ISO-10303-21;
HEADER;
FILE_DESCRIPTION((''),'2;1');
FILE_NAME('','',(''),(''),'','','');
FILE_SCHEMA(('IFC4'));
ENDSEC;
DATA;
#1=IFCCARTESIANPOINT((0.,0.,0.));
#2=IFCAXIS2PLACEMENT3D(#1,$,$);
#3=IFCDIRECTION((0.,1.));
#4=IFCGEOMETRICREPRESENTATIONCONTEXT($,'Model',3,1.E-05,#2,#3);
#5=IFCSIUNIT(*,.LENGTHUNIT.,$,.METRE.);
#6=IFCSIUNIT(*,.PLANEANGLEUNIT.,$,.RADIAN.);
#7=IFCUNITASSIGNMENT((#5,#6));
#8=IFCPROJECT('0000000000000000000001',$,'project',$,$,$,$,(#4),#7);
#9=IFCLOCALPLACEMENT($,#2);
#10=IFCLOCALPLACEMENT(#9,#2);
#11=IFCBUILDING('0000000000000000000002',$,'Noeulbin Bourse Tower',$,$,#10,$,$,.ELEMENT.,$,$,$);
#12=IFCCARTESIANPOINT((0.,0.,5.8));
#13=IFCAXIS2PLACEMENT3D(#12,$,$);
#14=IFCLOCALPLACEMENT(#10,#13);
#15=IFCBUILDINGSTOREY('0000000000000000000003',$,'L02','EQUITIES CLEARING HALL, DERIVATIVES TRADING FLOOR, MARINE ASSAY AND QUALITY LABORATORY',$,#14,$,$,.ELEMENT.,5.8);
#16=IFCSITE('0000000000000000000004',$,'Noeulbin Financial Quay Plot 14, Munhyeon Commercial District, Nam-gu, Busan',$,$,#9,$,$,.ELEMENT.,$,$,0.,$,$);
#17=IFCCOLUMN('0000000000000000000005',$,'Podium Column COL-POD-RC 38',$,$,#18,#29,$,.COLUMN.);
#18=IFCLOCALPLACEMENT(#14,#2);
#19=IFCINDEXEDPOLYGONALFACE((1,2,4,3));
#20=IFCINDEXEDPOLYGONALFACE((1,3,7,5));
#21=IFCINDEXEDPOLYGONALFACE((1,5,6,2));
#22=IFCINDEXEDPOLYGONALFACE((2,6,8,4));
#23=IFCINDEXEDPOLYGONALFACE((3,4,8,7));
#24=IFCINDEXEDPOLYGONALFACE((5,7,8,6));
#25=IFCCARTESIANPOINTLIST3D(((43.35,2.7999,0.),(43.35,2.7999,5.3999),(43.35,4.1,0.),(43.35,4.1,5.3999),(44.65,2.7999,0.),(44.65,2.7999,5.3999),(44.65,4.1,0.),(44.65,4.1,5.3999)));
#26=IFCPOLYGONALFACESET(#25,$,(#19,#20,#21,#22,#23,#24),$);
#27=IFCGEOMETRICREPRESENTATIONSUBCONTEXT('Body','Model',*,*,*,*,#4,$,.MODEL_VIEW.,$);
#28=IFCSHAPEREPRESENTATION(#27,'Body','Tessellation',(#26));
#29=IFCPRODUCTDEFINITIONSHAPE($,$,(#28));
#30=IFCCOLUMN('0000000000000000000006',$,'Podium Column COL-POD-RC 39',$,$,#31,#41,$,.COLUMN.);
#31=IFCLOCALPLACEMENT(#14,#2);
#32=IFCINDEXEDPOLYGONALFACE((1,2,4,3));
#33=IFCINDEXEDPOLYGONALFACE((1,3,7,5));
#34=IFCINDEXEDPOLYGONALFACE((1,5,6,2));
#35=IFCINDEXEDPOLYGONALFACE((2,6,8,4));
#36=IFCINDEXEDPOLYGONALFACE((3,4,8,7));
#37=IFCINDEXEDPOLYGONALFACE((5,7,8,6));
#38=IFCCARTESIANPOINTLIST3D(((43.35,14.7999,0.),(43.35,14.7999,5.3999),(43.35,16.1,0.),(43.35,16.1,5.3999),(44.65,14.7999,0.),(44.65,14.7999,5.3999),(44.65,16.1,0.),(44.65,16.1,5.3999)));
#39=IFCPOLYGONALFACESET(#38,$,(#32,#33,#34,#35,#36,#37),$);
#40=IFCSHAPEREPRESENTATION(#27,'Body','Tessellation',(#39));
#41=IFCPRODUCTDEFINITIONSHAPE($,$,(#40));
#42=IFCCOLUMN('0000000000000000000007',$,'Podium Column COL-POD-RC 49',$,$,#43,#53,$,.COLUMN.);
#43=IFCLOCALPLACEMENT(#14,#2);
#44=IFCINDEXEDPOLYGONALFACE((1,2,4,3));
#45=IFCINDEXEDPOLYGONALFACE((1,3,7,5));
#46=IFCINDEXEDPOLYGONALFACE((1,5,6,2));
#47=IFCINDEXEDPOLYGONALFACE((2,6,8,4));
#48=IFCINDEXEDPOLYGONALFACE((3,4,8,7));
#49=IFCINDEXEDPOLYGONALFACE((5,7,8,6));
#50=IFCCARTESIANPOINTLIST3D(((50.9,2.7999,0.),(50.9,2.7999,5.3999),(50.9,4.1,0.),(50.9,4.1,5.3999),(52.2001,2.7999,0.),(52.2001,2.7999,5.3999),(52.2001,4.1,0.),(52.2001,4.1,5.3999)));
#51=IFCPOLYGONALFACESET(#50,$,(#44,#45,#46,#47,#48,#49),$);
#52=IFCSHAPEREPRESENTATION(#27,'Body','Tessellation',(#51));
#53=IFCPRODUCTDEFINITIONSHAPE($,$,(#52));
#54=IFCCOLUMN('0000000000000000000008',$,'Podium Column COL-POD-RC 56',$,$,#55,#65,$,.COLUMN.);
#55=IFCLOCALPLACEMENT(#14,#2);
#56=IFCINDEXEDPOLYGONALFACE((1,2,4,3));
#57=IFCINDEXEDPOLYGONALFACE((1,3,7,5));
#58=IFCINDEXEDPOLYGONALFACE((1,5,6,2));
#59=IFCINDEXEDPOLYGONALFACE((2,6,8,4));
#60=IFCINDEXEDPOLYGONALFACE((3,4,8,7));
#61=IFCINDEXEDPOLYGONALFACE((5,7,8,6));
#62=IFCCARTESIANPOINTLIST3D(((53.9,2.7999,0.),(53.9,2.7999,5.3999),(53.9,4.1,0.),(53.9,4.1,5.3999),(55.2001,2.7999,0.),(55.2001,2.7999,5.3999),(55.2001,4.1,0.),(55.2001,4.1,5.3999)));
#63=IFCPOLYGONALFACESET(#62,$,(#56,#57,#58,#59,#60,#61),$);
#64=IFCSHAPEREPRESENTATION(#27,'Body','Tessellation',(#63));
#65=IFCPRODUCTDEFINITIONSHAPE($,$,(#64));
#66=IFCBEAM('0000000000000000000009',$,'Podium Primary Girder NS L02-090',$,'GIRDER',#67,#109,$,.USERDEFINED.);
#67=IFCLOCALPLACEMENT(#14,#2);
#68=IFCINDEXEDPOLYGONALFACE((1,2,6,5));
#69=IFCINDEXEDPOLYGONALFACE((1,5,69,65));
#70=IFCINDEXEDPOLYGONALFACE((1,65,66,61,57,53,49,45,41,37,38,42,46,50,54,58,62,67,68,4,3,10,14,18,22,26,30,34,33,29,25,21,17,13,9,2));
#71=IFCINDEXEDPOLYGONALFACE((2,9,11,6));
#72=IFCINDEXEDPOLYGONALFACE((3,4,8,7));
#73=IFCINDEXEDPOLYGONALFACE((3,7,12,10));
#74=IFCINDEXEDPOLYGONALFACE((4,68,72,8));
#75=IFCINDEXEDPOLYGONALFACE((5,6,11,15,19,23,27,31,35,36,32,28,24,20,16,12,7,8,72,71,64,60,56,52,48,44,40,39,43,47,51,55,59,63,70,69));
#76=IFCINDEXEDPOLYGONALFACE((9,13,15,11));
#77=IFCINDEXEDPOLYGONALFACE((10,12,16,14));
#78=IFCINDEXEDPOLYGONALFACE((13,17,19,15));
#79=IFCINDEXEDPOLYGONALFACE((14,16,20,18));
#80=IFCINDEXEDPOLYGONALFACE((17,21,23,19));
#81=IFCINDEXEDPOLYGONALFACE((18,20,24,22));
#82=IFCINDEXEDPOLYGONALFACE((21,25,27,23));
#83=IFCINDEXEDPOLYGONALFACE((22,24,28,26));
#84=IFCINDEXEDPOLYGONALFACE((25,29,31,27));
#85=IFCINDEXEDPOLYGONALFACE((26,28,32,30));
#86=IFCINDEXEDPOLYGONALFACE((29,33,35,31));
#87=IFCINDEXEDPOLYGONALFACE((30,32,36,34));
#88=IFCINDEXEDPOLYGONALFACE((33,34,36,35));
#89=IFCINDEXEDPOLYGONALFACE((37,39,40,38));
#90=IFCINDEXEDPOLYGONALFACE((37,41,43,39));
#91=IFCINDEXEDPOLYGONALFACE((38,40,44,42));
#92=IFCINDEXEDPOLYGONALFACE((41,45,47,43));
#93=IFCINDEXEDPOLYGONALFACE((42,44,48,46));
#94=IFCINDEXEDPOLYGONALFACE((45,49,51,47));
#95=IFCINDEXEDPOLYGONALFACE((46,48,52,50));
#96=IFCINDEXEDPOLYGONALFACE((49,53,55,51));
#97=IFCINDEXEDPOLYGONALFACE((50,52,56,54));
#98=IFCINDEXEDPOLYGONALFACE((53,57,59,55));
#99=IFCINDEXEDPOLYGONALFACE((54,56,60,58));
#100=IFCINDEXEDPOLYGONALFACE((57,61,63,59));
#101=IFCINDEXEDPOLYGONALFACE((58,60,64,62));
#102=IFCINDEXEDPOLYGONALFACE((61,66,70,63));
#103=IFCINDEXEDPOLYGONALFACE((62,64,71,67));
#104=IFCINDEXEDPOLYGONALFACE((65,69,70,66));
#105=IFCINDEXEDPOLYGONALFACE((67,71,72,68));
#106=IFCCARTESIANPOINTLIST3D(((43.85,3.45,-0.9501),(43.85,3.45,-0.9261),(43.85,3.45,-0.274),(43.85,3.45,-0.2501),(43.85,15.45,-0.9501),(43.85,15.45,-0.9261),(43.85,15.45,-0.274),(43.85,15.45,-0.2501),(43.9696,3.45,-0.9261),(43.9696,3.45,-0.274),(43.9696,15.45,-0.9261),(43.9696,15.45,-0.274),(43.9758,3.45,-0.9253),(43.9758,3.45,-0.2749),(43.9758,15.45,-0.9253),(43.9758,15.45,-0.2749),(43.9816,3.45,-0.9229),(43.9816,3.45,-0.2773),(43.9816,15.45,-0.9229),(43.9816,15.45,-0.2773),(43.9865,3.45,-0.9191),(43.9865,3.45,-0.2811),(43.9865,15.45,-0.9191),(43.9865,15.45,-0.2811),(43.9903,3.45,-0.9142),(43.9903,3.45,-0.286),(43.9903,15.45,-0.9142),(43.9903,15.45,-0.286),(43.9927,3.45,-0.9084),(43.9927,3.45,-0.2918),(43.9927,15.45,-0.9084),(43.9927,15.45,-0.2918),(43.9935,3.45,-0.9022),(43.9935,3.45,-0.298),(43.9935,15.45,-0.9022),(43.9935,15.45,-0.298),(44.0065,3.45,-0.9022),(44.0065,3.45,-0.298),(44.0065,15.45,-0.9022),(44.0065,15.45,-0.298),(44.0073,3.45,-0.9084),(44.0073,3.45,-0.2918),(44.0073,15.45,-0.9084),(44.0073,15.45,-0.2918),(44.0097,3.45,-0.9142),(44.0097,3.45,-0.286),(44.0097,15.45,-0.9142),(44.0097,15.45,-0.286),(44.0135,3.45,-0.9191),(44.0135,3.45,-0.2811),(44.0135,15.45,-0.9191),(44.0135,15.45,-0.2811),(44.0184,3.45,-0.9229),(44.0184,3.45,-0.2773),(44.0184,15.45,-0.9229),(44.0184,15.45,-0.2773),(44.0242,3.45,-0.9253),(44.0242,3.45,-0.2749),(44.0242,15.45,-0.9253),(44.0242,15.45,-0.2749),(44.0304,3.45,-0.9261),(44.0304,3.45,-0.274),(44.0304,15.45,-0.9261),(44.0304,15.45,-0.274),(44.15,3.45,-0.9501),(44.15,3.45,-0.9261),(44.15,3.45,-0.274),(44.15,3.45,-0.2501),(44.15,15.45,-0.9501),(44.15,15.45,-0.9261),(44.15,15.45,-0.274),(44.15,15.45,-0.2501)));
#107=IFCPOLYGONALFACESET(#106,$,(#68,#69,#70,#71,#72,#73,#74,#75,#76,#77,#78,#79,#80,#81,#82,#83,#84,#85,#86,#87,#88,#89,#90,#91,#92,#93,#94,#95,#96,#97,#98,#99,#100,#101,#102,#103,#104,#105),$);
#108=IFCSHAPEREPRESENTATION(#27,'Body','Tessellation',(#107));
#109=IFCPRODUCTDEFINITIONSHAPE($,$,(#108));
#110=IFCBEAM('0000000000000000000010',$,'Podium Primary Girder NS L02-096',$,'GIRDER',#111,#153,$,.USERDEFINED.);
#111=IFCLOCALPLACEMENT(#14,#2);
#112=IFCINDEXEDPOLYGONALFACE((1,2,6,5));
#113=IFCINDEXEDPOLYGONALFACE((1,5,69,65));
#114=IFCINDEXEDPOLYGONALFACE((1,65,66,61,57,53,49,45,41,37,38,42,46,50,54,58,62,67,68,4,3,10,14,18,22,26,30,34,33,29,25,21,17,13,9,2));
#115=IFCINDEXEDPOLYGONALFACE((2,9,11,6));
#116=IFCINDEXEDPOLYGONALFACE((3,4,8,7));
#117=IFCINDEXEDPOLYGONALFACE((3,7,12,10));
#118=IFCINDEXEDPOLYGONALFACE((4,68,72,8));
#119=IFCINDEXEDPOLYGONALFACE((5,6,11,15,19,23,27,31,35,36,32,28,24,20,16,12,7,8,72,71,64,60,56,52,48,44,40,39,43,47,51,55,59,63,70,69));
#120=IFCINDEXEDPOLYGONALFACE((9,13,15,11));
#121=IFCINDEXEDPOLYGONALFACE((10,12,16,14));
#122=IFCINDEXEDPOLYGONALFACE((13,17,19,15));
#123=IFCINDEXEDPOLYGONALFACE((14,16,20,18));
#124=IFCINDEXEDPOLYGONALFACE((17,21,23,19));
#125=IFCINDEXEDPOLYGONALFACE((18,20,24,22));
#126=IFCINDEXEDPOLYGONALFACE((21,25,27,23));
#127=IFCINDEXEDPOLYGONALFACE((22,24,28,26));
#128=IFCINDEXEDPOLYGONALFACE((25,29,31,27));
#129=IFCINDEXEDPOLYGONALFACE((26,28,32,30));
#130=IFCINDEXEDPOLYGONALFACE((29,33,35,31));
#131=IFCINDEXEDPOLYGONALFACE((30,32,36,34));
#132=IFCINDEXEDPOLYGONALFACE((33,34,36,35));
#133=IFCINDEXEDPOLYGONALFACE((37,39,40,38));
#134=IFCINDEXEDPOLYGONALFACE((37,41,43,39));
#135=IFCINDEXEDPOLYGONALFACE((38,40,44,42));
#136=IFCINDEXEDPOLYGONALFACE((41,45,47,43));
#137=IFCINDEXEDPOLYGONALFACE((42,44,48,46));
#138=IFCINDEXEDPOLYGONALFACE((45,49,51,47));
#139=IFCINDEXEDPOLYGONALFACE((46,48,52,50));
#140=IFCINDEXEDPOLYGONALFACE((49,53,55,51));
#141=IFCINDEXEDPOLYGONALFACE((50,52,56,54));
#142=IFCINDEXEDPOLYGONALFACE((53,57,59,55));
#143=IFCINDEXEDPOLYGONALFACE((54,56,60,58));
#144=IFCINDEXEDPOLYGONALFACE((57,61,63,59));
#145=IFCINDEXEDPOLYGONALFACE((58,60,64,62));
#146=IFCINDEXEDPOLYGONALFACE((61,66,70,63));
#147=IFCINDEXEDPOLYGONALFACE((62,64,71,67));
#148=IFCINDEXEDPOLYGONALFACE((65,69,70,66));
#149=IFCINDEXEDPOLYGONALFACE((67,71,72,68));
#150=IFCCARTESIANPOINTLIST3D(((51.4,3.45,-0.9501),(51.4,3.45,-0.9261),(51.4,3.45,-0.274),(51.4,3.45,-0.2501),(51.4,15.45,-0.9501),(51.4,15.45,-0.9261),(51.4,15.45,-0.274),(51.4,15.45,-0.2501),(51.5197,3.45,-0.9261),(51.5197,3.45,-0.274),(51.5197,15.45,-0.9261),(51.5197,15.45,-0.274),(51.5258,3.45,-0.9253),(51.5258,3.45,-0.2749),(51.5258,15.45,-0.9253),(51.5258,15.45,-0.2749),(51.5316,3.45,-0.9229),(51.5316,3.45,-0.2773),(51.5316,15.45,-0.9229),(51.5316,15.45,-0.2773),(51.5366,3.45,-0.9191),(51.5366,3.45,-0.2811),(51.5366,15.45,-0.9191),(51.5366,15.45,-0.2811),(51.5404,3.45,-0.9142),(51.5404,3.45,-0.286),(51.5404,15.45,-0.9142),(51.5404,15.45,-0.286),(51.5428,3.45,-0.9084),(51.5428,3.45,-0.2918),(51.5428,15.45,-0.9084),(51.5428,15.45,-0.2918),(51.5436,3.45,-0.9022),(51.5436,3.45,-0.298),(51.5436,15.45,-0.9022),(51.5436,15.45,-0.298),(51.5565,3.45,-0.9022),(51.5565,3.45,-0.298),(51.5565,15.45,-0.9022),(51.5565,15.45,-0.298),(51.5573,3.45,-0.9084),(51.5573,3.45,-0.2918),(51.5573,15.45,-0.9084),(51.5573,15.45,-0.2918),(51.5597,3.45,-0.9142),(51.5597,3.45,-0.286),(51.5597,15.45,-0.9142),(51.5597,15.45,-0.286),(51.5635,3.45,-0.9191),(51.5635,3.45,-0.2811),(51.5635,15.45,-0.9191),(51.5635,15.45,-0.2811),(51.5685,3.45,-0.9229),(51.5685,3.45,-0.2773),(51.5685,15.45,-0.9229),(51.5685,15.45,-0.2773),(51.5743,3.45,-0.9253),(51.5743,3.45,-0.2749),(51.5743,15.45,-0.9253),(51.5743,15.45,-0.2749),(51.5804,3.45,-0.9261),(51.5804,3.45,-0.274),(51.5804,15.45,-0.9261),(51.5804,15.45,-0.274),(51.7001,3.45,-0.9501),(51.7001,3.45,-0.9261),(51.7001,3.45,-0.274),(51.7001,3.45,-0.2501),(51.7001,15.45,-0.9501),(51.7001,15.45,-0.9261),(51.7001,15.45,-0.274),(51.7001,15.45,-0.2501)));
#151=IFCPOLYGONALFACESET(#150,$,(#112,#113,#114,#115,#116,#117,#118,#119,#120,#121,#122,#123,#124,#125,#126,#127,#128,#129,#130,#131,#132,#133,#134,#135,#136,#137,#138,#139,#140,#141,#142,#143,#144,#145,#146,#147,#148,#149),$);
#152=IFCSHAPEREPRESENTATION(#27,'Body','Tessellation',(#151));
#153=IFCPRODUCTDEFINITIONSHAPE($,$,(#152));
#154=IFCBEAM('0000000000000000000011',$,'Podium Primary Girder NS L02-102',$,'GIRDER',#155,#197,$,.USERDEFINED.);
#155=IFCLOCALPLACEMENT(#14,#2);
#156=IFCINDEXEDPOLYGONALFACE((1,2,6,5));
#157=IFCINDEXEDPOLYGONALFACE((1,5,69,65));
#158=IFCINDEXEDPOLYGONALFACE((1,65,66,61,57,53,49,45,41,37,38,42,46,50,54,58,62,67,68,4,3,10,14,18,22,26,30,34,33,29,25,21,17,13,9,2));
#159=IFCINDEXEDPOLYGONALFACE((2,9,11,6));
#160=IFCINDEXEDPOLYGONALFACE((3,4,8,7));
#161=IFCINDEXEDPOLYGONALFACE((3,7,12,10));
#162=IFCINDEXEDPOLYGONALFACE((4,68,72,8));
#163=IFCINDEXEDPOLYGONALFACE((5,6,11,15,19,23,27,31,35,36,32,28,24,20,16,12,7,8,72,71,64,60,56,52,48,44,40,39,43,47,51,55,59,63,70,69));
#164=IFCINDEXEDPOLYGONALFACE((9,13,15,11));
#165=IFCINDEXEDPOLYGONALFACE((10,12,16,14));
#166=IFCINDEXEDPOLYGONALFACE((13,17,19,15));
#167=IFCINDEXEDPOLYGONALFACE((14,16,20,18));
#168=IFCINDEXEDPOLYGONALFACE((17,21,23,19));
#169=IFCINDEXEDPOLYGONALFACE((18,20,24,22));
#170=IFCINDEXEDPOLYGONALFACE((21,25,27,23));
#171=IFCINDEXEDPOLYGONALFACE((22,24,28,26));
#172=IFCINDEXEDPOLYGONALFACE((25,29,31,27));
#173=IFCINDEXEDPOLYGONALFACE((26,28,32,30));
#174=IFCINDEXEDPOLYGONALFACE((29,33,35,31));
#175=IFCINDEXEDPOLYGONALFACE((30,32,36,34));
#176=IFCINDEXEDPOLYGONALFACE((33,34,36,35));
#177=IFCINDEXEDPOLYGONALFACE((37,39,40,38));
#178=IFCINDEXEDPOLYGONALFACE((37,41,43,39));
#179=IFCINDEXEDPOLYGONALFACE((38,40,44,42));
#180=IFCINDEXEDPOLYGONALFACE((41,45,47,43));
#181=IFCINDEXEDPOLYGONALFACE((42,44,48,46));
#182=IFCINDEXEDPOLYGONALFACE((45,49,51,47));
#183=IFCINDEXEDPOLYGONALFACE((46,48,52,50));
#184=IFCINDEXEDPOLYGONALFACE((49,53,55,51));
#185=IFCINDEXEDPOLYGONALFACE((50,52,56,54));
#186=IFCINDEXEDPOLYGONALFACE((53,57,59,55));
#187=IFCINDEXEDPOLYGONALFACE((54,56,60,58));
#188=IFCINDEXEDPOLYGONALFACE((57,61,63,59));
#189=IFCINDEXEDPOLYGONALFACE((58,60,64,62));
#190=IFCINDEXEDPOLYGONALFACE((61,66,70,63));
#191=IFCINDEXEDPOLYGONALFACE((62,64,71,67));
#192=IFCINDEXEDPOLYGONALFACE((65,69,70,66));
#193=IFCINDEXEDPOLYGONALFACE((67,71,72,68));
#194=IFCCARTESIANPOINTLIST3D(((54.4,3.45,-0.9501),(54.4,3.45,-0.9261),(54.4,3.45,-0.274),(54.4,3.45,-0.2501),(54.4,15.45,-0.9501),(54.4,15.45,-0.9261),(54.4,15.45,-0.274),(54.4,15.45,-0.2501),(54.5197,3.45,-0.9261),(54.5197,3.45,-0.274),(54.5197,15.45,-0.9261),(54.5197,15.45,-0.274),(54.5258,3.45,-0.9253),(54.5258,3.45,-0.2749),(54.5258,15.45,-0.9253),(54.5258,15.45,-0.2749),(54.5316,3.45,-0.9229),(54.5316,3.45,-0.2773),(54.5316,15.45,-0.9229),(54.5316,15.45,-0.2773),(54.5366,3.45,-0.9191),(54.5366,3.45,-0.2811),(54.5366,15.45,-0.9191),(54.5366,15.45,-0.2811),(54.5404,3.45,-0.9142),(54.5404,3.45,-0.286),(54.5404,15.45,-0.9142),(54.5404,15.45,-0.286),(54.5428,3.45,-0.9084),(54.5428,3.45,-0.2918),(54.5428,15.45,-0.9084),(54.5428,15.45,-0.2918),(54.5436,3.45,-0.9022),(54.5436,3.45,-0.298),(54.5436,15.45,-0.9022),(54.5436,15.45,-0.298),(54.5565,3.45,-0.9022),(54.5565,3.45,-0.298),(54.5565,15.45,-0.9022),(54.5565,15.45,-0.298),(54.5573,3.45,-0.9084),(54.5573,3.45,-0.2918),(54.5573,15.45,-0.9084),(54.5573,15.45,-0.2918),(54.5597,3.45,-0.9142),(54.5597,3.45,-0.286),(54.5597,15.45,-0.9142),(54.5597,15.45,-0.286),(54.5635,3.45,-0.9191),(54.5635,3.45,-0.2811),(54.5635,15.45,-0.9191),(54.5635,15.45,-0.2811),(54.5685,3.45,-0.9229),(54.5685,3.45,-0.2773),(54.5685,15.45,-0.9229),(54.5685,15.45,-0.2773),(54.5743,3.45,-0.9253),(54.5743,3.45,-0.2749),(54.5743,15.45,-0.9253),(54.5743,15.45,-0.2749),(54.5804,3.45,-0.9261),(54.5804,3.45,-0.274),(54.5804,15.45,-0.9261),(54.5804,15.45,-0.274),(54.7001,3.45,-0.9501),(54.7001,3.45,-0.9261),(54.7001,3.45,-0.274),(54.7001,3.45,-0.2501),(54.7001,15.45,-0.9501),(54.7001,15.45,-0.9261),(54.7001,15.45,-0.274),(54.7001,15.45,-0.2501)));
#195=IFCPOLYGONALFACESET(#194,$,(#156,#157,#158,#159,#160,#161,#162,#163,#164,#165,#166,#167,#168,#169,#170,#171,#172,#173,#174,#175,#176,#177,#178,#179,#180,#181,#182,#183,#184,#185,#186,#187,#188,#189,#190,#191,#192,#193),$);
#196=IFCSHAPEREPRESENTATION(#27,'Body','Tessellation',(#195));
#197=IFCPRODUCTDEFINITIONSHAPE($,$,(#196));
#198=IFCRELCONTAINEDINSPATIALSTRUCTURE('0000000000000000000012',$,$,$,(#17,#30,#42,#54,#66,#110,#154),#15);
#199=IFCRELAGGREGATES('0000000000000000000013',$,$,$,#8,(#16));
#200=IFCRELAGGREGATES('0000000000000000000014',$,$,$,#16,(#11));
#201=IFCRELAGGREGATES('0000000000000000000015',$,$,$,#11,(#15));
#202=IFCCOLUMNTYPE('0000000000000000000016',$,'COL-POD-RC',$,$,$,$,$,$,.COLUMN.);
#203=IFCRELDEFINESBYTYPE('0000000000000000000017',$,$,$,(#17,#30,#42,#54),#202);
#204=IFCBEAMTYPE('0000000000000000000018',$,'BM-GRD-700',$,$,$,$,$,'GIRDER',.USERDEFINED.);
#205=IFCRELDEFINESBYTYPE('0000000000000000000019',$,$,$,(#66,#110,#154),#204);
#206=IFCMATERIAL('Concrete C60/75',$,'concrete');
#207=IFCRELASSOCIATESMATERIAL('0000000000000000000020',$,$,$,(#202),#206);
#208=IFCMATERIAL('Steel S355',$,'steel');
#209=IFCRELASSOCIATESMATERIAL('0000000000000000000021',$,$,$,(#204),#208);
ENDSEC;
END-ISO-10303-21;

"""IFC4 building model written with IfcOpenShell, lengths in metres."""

from ifc_helpers import new_model, si_unit, direction, frame, origin, origin_2d, place, context, subcontext, project, spatial, rectangle, i_section, extrude, material, material_profile, profile_set, type_object, element, save


model = new_model("IFC4")

# Units and contexts
model_context = context("Model", 3, precision=1e-05, world=origin(), true_north=direction((0.0, 1.0)))
body_context = subcontext(model_context, "Body", "Model", "MODEL_VIEW")
ifc_project = project(units=[si_unit("LENGTHUNIT", "METRE"), si_unit("PLANEANGLEUNIT", "RADIAN")], contexts=[model_context])

# Site, building, storey
site_placement = place(None, origin())
site = spatial("IfcSite", under=ifc_project, at=site_placement, Name="Noeulbin Financial Quay Plot 14, Munhyeon Commercial District, Nam-gu, Busan", CompositionType="ELEMENT", RefElevation=0.0)
building_placement = place(site_placement, origin())
building = spatial("IfcBuilding", under=site, at=building_placement, Name="Noeulbin Bourse Tower", CompositionType="ELEMENT")
storey_placement = place(building_placement, frame((0.0, 0.0, 5.8)))
storey = spatial("IfcBuildingStorey", under=building, at=storey_placement, Name="L02", Description="EQUITIES CLEARING HALL, DERIVATIVES TRADING FLOOR, MARINE ASSAY AND QUALITY LABORATORY", CompositionType="ELEMENT", Elevation=5.8)

# Columns
ifc_material_1 = material(Name="Concrete C60/75", Category="concrete")
ifc_material_profile_1 = material_profile(ifc_material_1, rectangle(XDim=1.3, YDim=1.3, at=origin_2d()), Name="RC-COL-1300x1300", Category="LoadBearing")
ifc_profile_set_1 = profile_set([ifc_material_profile_1], Name="Concrete C60/75")
column_type = type_object("IfcColumnType", Name="COL-POD-RC", PredefinedType="COLUMN", material=ifc_profile_set_1)
for number, where, z_axis, x_axis, name in (
    (1, (44.0, 3.45, 0.0), (0.0, 0.0, 1.0), (1.0, 0.0, 0.0), "Podium Column COL-POD-RC 38"),
    (2, (44.0, 15.45, 0.0), (0.0, 0.0, 1.0), (1.0, 0.0, 0.0), "Podium Column COL-POD-RC 39"),
    (3, (51.55, 3.45, 0.0), (0.0, 0.0, 1.0), (1.0, 0.0, 0.0), "Podium Column COL-POD-RC 49"),
    (4, (54.55, 3.45, 0.0), (0.0, 0.0, 1.0), (1.0, 0.0, 0.0), "Podium Column COL-POD-RC 56"),
):
    element("IfcColumn", number, at=place(storey_placement, frame(where, z_axis=z_axis, x_axis=x_axis)), inside=storey, type_object=column_type, Name=name, PredefinedType="COLUMN", context=body_context, shape_type="SweptSolid", body=[
        extrude(rectangle(XDim=1.3, YDim=1.3, at=origin_2d()), origin(), (0.0, 0.0, 1.0), 5.3999),
    ])

# Beams
ifc_material_2 = material(Name="Steel S355", Category="steel")
ifc_material_profile_2 = material_profile(ifc_material_2, i_section(OverallWidth=0.3, OverallDepth=0.7, WebThickness=0.0129, FlangeThickness=0.0239, FilletRadius=0.0239, at=origin_2d()), Name="H-700x300x13x24", Category="LoadBearing")
ifc_profile_set_2 = profile_set([ifc_material_profile_2], Name="Steel S355")
beam_type_1 = type_object("IfcBeamType", Name="BM-GRD-700", ElementType="GIRDER", PredefinedType="USERDEFINED", material=ifc_profile_set_2)
for number, where, z_axis, x_axis, name in (
    (5, (44.0, 3.45, -0.6001), (0.0, 1.0, 0.0), (-1.0, 0.0, 0.0), "Podium Primary Girder NS L02-090"),
    (6, (51.55, 3.45, -0.6001), (0.0, 1.0, 0.0), (-1.0, 0.0, 0.0), "Podium Primary Girder NS L02-096"),
    (7, (54.55, 3.45, -0.6001), (0.0, 1.0, 0.0), (-1.0, 0.0, 0.0), "Podium Primary Girder NS L02-102"),
):
    element("IfcBeam", number, at=place(storey_placement, frame(where, z_axis=z_axis, x_axis=x_axis)), inside=storey, type_object=beam_type_1, Name=name, ObjectType="GIRDER", PredefinedType="USERDEFINED", context=body_context, shape_type="SweptSolid", body=[
        extrude(i_section(OverallWidth=0.3, OverallDepth=0.7, WebThickness=0.0129, FlangeThickness=0.0239, FilletRadius=0.0239, at=origin_2d()), origin(), (0.0, 0.0, 1.0), 12.0),
    ])

save(model, "model.ifc")
